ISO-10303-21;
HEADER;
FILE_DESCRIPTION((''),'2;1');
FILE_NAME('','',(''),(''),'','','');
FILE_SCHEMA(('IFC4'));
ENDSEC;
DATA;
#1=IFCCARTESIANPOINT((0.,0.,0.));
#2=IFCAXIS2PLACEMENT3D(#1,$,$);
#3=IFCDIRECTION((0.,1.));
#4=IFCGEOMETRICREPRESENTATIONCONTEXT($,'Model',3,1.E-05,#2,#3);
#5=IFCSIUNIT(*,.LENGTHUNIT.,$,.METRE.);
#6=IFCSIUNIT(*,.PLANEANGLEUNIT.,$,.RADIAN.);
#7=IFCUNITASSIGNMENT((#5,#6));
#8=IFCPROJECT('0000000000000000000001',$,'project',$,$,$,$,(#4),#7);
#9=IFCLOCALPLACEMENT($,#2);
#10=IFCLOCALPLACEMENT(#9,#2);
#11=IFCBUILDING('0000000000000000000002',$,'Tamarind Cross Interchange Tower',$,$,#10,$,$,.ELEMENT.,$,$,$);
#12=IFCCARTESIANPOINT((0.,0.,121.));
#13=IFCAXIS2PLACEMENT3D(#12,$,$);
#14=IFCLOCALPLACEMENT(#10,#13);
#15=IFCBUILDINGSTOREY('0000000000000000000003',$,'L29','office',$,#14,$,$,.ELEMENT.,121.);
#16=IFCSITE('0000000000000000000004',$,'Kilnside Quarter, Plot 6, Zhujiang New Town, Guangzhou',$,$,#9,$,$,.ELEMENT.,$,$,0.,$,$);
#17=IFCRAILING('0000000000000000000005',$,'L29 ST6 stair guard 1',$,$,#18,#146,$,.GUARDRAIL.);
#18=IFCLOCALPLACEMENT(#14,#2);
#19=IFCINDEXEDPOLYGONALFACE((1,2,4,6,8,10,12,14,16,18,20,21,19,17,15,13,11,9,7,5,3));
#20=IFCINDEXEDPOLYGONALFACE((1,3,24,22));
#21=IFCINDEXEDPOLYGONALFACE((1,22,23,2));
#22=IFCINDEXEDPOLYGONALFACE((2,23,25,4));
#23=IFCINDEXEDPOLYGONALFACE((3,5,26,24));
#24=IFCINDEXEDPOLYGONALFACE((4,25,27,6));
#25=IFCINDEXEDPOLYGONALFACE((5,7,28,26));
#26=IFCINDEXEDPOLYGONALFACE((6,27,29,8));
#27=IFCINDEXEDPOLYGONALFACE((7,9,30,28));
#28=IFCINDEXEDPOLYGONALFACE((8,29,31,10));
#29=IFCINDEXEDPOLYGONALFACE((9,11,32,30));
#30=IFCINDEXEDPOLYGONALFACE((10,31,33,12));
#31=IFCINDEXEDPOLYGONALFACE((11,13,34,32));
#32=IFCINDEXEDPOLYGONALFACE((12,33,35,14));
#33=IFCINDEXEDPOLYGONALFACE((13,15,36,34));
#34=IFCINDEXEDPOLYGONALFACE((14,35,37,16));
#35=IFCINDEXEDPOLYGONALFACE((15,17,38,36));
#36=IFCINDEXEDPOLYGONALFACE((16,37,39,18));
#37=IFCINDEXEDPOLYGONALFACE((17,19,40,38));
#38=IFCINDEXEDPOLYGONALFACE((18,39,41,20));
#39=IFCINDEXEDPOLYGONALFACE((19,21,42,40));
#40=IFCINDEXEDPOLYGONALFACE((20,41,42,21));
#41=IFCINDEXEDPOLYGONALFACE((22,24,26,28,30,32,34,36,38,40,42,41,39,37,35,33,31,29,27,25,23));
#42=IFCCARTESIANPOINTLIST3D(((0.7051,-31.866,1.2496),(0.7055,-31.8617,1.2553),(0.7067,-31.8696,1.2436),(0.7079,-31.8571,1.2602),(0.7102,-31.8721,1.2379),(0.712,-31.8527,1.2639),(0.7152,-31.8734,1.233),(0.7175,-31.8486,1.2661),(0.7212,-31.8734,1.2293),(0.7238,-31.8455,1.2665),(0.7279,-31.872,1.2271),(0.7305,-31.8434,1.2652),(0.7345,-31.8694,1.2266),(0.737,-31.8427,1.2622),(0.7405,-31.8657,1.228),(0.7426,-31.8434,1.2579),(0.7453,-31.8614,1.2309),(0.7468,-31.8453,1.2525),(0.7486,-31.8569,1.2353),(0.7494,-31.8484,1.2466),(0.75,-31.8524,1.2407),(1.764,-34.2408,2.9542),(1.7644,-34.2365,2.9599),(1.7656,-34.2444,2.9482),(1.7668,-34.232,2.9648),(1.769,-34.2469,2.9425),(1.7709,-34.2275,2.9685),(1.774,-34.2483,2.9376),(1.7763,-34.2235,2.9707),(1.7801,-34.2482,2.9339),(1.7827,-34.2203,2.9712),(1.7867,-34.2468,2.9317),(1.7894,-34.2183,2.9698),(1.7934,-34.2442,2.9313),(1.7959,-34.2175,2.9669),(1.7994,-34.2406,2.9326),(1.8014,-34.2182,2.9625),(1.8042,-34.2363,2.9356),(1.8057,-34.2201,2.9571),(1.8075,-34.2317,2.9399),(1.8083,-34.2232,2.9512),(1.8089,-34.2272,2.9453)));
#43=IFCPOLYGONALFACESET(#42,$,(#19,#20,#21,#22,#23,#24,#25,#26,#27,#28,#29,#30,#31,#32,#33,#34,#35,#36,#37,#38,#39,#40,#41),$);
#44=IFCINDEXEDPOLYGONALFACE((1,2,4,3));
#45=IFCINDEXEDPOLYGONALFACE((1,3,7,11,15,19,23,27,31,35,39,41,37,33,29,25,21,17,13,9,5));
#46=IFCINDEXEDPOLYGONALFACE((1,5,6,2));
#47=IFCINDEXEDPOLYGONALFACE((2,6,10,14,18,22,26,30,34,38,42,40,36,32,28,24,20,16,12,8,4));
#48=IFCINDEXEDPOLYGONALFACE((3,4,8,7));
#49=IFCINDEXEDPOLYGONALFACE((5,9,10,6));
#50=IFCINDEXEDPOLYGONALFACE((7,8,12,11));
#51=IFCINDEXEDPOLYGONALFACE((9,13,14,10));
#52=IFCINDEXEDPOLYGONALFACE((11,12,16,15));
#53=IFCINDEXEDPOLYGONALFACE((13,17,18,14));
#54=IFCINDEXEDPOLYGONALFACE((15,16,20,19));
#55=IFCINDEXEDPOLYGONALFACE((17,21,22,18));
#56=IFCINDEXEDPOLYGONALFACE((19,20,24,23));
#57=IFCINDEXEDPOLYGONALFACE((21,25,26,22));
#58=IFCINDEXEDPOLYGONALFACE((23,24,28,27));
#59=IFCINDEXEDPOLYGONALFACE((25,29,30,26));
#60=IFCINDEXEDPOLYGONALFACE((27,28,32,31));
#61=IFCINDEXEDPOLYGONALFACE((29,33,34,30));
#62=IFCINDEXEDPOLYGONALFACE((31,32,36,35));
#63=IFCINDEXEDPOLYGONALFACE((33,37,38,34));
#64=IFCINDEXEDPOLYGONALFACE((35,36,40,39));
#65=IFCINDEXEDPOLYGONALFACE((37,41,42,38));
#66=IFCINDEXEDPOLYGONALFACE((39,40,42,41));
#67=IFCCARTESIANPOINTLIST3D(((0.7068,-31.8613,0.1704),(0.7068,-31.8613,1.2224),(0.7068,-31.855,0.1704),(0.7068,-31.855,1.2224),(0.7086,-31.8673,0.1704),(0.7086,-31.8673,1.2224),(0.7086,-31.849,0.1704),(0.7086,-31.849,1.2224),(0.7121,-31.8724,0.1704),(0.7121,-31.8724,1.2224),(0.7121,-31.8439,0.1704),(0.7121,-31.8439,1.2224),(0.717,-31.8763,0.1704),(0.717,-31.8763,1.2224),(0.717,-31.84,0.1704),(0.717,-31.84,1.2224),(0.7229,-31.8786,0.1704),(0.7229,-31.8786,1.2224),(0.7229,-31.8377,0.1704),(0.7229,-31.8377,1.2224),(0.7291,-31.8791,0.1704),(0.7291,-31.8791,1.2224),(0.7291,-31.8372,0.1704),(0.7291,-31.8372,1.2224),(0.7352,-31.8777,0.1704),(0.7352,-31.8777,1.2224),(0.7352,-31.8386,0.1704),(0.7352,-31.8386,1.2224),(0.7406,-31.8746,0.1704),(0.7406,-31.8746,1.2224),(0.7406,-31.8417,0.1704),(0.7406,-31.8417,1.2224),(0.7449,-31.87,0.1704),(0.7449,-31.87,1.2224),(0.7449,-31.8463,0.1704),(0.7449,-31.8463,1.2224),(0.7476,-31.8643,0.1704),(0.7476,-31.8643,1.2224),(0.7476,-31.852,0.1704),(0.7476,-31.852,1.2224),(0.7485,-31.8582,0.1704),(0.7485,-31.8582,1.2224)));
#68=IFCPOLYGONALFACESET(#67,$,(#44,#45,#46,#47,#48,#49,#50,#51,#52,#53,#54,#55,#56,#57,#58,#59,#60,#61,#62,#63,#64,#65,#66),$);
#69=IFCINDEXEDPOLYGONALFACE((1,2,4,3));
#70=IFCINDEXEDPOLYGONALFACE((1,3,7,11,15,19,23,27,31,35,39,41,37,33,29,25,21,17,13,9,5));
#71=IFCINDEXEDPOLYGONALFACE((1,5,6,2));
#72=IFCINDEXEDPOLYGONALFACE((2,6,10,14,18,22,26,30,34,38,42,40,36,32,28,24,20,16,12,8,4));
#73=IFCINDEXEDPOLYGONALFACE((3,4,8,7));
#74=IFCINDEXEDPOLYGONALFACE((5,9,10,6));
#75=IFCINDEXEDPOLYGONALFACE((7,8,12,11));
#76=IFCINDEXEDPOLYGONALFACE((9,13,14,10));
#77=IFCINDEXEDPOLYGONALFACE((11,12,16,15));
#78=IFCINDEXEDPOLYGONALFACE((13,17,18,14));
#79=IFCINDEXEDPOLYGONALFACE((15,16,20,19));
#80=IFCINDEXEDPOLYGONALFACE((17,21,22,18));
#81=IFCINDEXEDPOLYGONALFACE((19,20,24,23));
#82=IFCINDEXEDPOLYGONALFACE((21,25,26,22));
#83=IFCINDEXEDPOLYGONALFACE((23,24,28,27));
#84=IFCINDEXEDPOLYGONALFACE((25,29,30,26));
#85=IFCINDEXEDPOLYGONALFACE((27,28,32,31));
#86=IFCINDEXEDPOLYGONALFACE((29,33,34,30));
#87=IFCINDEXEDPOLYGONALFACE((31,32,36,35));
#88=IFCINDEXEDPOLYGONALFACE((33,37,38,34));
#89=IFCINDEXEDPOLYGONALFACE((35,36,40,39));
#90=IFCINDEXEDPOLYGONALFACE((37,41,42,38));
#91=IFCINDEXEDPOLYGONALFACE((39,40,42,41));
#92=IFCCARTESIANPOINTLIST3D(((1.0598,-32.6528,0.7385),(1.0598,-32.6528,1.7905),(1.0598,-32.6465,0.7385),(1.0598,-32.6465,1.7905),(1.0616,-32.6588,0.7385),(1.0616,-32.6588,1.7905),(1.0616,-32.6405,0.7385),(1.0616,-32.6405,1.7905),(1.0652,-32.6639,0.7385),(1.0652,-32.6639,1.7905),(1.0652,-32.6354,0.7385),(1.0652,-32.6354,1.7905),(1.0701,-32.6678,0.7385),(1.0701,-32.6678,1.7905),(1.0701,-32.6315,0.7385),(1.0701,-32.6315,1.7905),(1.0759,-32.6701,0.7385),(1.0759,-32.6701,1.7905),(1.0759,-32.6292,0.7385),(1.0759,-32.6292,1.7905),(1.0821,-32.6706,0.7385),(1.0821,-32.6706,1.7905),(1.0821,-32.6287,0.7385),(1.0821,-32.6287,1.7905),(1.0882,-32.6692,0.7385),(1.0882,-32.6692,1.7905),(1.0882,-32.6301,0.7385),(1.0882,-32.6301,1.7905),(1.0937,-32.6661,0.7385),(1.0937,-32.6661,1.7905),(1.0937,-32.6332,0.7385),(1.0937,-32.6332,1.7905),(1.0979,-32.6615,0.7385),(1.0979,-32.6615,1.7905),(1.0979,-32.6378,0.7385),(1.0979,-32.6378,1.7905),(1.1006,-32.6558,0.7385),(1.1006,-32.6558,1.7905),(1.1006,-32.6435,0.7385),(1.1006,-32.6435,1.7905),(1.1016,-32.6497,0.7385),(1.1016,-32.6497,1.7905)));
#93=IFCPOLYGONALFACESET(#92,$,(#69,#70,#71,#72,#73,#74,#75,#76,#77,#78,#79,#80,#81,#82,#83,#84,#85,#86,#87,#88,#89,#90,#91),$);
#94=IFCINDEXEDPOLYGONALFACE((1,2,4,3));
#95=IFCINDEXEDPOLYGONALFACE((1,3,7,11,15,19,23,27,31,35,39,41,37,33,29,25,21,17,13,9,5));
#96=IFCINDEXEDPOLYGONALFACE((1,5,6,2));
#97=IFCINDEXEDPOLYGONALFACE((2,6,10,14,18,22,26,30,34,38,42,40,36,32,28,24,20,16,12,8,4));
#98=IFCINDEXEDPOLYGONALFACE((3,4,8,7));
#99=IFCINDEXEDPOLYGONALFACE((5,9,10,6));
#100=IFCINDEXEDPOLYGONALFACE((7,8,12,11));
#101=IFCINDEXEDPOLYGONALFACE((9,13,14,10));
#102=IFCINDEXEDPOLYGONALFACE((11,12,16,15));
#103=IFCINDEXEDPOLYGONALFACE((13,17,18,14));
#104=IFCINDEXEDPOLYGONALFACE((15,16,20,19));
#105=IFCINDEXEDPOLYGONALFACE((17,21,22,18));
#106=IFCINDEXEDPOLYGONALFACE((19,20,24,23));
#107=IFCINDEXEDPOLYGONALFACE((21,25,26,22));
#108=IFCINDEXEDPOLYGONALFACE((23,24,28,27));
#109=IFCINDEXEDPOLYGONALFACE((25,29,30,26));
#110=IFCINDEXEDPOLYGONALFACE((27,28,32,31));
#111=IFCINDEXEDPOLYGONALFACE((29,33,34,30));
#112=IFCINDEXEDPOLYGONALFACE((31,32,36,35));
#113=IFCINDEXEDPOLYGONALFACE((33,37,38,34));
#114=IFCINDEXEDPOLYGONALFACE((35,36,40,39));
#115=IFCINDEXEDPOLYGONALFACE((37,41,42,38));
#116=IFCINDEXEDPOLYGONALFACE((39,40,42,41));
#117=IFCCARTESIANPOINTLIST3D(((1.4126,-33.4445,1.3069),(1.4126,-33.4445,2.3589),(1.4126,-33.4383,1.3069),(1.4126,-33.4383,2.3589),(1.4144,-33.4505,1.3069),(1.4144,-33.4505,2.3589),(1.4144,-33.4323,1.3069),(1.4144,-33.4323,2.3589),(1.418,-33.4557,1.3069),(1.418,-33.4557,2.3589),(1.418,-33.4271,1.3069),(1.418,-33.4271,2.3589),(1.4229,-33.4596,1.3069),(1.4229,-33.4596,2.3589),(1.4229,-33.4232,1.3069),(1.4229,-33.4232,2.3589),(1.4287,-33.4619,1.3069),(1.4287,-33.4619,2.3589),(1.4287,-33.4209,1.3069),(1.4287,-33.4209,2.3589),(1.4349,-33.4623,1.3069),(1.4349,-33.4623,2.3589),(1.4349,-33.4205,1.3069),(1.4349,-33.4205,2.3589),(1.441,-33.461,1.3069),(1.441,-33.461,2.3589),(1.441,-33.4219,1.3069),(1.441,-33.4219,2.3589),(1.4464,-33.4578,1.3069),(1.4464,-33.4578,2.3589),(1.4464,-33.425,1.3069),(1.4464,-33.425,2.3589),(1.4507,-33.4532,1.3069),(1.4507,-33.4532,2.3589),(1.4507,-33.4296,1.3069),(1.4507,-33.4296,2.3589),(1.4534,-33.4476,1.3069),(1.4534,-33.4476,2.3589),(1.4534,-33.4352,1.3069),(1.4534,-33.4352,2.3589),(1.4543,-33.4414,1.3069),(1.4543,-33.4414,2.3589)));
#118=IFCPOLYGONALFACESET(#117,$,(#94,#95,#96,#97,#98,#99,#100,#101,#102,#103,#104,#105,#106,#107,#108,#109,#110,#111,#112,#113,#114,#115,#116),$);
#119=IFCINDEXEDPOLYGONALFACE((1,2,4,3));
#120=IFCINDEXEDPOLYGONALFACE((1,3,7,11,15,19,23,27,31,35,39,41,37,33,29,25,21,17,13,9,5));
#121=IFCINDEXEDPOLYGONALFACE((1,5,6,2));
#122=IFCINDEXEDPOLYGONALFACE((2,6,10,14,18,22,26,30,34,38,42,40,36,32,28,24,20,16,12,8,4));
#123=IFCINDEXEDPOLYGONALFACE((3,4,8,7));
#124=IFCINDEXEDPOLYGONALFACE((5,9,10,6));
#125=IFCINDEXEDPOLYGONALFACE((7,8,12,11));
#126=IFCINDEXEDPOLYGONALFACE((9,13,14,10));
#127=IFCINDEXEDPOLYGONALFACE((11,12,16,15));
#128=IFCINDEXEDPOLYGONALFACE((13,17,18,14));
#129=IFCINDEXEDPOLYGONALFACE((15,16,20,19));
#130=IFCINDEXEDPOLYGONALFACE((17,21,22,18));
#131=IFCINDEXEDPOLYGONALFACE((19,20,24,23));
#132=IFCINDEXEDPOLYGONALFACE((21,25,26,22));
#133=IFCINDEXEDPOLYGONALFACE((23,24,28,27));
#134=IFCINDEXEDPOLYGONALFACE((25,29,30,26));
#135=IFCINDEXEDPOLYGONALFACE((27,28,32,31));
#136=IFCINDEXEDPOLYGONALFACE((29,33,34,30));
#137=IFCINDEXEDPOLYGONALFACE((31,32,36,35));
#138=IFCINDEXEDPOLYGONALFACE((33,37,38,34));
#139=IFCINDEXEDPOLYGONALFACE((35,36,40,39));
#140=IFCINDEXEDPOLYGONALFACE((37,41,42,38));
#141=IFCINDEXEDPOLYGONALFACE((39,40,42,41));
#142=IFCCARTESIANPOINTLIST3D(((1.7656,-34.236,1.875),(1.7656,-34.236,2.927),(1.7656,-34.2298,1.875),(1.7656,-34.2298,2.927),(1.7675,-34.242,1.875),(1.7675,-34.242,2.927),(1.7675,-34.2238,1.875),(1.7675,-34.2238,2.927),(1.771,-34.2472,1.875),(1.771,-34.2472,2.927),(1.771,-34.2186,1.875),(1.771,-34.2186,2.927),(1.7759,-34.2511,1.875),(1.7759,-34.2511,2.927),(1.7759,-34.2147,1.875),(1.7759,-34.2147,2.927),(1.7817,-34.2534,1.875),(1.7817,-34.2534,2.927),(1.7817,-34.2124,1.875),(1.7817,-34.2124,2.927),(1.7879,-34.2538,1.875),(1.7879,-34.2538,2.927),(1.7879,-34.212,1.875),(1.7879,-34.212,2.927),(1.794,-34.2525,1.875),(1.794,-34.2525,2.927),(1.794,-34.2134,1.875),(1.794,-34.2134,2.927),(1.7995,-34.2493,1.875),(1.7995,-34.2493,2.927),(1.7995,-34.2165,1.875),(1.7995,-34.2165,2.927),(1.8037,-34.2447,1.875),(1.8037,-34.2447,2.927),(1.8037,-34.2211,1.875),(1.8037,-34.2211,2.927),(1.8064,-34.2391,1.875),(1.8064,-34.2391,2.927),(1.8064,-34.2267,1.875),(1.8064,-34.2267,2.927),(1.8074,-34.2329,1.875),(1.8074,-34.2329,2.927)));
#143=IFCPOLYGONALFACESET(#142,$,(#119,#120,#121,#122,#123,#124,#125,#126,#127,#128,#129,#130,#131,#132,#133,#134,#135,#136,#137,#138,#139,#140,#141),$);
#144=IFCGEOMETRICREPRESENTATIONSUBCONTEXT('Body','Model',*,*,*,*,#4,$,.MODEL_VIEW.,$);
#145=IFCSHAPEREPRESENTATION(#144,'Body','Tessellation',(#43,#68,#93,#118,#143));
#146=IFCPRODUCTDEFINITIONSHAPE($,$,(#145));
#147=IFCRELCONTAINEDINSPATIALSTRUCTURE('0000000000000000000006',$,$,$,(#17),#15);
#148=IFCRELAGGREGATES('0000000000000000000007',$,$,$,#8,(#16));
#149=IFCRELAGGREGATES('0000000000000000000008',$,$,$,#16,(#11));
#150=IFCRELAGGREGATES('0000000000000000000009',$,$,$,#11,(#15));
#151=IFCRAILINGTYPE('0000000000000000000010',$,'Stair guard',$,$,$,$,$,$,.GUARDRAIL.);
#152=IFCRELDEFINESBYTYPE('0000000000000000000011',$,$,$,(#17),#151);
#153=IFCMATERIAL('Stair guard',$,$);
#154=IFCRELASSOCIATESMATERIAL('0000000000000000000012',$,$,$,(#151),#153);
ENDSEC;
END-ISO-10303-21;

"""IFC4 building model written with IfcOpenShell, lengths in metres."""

from ifc_helpers import new_model, si_unit, direction, frame, origin, origin_2d, place, context, subcontext, project, spatial, circle, extrude, material, type_object, element, save


model = new_model("IFC4")

# Units and contexts
model_context = context("Model", 3, precision=1e-05, world=origin(), true_north=direction((0.0, 1.0)))
body_context = subcontext(model_context, "Body", "Model", "MODEL_VIEW")
ifc_project = project(units=[si_unit("LENGTHUNIT", "METRE"), si_unit("PLANEANGLEUNIT", "RADIAN")], contexts=[model_context])

# Site, building, storey
site_placement = place(None, origin())
site = spatial("IfcSite", under=ifc_project, at=site_placement, Name="Kilnside Quarter, Plot 6, Zhujiang New Town, Guangzhou", CompositionType="ELEMENT", RefElevation=0.0)
building_placement = place(site_placement, origin())
building = spatial("IfcBuilding", under=site, at=building_placement, Name="Tamarind Cross Interchange Tower", CompositionType="ELEMENT")
storey_placement = place(building_placement, frame((0.0, 0.0, 121.0)))
storey = spatial("IfcBuildingStorey", under=building, at=storey_placement, Name="L29", Description="office", CompositionType="ELEMENT", Elevation=121.0)

# Railing
ifc_material_1 = material(Name="Stair guard")
railing_type_1 = type_object("IfcRailingType", Name="Stair guard", PredefinedType="GUARDRAIL", material=ifc_material_1)
railing_1_placement = place(storey_placement, frame((0.7275, -31.8582, 0.1704)))
element("IfcRailing", 1, at=railing_1_placement, inside=storey, type_object=railing_type_1, Name="L29 ST6 stair guard 1", PredefinedType="GUARDRAIL", context=body_context, shape_type="SweptSolid", body=[
    extrude(circle(Radius=0.0239, at=origin_2d()), frame((0.0, 0.0, 1.0762), z_axis=(0.340566, -0.763819, 0.548266), x_axis=(0.913327, 0.407227, 0.0)), (0.0, 0.0, 1.0), 3.1091),
    extrude(circle(Radius=0.021, at=origin_2d()), origin(), (0.0, 0.0, 1.0), 1.052),
    extrude(circle(Radius=0.021, at=origin_2d()), frame((0.353, -0.7915, 0.5681)), (0.0, 0.0, 1.0), 1.052),
    extrude(circle(Radius=0.021, at=origin_2d()), frame((0.7058, -1.5833, 1.1365)), (0.0, 0.0, 1.0), 1.052),
    extrude(circle(Radius=0.021, at=origin_2d()), frame((1.0588, -2.3748, 1.7046)), (0.0, 0.0, 1.0), 1.052),
])

save(model, "model.ifc")
